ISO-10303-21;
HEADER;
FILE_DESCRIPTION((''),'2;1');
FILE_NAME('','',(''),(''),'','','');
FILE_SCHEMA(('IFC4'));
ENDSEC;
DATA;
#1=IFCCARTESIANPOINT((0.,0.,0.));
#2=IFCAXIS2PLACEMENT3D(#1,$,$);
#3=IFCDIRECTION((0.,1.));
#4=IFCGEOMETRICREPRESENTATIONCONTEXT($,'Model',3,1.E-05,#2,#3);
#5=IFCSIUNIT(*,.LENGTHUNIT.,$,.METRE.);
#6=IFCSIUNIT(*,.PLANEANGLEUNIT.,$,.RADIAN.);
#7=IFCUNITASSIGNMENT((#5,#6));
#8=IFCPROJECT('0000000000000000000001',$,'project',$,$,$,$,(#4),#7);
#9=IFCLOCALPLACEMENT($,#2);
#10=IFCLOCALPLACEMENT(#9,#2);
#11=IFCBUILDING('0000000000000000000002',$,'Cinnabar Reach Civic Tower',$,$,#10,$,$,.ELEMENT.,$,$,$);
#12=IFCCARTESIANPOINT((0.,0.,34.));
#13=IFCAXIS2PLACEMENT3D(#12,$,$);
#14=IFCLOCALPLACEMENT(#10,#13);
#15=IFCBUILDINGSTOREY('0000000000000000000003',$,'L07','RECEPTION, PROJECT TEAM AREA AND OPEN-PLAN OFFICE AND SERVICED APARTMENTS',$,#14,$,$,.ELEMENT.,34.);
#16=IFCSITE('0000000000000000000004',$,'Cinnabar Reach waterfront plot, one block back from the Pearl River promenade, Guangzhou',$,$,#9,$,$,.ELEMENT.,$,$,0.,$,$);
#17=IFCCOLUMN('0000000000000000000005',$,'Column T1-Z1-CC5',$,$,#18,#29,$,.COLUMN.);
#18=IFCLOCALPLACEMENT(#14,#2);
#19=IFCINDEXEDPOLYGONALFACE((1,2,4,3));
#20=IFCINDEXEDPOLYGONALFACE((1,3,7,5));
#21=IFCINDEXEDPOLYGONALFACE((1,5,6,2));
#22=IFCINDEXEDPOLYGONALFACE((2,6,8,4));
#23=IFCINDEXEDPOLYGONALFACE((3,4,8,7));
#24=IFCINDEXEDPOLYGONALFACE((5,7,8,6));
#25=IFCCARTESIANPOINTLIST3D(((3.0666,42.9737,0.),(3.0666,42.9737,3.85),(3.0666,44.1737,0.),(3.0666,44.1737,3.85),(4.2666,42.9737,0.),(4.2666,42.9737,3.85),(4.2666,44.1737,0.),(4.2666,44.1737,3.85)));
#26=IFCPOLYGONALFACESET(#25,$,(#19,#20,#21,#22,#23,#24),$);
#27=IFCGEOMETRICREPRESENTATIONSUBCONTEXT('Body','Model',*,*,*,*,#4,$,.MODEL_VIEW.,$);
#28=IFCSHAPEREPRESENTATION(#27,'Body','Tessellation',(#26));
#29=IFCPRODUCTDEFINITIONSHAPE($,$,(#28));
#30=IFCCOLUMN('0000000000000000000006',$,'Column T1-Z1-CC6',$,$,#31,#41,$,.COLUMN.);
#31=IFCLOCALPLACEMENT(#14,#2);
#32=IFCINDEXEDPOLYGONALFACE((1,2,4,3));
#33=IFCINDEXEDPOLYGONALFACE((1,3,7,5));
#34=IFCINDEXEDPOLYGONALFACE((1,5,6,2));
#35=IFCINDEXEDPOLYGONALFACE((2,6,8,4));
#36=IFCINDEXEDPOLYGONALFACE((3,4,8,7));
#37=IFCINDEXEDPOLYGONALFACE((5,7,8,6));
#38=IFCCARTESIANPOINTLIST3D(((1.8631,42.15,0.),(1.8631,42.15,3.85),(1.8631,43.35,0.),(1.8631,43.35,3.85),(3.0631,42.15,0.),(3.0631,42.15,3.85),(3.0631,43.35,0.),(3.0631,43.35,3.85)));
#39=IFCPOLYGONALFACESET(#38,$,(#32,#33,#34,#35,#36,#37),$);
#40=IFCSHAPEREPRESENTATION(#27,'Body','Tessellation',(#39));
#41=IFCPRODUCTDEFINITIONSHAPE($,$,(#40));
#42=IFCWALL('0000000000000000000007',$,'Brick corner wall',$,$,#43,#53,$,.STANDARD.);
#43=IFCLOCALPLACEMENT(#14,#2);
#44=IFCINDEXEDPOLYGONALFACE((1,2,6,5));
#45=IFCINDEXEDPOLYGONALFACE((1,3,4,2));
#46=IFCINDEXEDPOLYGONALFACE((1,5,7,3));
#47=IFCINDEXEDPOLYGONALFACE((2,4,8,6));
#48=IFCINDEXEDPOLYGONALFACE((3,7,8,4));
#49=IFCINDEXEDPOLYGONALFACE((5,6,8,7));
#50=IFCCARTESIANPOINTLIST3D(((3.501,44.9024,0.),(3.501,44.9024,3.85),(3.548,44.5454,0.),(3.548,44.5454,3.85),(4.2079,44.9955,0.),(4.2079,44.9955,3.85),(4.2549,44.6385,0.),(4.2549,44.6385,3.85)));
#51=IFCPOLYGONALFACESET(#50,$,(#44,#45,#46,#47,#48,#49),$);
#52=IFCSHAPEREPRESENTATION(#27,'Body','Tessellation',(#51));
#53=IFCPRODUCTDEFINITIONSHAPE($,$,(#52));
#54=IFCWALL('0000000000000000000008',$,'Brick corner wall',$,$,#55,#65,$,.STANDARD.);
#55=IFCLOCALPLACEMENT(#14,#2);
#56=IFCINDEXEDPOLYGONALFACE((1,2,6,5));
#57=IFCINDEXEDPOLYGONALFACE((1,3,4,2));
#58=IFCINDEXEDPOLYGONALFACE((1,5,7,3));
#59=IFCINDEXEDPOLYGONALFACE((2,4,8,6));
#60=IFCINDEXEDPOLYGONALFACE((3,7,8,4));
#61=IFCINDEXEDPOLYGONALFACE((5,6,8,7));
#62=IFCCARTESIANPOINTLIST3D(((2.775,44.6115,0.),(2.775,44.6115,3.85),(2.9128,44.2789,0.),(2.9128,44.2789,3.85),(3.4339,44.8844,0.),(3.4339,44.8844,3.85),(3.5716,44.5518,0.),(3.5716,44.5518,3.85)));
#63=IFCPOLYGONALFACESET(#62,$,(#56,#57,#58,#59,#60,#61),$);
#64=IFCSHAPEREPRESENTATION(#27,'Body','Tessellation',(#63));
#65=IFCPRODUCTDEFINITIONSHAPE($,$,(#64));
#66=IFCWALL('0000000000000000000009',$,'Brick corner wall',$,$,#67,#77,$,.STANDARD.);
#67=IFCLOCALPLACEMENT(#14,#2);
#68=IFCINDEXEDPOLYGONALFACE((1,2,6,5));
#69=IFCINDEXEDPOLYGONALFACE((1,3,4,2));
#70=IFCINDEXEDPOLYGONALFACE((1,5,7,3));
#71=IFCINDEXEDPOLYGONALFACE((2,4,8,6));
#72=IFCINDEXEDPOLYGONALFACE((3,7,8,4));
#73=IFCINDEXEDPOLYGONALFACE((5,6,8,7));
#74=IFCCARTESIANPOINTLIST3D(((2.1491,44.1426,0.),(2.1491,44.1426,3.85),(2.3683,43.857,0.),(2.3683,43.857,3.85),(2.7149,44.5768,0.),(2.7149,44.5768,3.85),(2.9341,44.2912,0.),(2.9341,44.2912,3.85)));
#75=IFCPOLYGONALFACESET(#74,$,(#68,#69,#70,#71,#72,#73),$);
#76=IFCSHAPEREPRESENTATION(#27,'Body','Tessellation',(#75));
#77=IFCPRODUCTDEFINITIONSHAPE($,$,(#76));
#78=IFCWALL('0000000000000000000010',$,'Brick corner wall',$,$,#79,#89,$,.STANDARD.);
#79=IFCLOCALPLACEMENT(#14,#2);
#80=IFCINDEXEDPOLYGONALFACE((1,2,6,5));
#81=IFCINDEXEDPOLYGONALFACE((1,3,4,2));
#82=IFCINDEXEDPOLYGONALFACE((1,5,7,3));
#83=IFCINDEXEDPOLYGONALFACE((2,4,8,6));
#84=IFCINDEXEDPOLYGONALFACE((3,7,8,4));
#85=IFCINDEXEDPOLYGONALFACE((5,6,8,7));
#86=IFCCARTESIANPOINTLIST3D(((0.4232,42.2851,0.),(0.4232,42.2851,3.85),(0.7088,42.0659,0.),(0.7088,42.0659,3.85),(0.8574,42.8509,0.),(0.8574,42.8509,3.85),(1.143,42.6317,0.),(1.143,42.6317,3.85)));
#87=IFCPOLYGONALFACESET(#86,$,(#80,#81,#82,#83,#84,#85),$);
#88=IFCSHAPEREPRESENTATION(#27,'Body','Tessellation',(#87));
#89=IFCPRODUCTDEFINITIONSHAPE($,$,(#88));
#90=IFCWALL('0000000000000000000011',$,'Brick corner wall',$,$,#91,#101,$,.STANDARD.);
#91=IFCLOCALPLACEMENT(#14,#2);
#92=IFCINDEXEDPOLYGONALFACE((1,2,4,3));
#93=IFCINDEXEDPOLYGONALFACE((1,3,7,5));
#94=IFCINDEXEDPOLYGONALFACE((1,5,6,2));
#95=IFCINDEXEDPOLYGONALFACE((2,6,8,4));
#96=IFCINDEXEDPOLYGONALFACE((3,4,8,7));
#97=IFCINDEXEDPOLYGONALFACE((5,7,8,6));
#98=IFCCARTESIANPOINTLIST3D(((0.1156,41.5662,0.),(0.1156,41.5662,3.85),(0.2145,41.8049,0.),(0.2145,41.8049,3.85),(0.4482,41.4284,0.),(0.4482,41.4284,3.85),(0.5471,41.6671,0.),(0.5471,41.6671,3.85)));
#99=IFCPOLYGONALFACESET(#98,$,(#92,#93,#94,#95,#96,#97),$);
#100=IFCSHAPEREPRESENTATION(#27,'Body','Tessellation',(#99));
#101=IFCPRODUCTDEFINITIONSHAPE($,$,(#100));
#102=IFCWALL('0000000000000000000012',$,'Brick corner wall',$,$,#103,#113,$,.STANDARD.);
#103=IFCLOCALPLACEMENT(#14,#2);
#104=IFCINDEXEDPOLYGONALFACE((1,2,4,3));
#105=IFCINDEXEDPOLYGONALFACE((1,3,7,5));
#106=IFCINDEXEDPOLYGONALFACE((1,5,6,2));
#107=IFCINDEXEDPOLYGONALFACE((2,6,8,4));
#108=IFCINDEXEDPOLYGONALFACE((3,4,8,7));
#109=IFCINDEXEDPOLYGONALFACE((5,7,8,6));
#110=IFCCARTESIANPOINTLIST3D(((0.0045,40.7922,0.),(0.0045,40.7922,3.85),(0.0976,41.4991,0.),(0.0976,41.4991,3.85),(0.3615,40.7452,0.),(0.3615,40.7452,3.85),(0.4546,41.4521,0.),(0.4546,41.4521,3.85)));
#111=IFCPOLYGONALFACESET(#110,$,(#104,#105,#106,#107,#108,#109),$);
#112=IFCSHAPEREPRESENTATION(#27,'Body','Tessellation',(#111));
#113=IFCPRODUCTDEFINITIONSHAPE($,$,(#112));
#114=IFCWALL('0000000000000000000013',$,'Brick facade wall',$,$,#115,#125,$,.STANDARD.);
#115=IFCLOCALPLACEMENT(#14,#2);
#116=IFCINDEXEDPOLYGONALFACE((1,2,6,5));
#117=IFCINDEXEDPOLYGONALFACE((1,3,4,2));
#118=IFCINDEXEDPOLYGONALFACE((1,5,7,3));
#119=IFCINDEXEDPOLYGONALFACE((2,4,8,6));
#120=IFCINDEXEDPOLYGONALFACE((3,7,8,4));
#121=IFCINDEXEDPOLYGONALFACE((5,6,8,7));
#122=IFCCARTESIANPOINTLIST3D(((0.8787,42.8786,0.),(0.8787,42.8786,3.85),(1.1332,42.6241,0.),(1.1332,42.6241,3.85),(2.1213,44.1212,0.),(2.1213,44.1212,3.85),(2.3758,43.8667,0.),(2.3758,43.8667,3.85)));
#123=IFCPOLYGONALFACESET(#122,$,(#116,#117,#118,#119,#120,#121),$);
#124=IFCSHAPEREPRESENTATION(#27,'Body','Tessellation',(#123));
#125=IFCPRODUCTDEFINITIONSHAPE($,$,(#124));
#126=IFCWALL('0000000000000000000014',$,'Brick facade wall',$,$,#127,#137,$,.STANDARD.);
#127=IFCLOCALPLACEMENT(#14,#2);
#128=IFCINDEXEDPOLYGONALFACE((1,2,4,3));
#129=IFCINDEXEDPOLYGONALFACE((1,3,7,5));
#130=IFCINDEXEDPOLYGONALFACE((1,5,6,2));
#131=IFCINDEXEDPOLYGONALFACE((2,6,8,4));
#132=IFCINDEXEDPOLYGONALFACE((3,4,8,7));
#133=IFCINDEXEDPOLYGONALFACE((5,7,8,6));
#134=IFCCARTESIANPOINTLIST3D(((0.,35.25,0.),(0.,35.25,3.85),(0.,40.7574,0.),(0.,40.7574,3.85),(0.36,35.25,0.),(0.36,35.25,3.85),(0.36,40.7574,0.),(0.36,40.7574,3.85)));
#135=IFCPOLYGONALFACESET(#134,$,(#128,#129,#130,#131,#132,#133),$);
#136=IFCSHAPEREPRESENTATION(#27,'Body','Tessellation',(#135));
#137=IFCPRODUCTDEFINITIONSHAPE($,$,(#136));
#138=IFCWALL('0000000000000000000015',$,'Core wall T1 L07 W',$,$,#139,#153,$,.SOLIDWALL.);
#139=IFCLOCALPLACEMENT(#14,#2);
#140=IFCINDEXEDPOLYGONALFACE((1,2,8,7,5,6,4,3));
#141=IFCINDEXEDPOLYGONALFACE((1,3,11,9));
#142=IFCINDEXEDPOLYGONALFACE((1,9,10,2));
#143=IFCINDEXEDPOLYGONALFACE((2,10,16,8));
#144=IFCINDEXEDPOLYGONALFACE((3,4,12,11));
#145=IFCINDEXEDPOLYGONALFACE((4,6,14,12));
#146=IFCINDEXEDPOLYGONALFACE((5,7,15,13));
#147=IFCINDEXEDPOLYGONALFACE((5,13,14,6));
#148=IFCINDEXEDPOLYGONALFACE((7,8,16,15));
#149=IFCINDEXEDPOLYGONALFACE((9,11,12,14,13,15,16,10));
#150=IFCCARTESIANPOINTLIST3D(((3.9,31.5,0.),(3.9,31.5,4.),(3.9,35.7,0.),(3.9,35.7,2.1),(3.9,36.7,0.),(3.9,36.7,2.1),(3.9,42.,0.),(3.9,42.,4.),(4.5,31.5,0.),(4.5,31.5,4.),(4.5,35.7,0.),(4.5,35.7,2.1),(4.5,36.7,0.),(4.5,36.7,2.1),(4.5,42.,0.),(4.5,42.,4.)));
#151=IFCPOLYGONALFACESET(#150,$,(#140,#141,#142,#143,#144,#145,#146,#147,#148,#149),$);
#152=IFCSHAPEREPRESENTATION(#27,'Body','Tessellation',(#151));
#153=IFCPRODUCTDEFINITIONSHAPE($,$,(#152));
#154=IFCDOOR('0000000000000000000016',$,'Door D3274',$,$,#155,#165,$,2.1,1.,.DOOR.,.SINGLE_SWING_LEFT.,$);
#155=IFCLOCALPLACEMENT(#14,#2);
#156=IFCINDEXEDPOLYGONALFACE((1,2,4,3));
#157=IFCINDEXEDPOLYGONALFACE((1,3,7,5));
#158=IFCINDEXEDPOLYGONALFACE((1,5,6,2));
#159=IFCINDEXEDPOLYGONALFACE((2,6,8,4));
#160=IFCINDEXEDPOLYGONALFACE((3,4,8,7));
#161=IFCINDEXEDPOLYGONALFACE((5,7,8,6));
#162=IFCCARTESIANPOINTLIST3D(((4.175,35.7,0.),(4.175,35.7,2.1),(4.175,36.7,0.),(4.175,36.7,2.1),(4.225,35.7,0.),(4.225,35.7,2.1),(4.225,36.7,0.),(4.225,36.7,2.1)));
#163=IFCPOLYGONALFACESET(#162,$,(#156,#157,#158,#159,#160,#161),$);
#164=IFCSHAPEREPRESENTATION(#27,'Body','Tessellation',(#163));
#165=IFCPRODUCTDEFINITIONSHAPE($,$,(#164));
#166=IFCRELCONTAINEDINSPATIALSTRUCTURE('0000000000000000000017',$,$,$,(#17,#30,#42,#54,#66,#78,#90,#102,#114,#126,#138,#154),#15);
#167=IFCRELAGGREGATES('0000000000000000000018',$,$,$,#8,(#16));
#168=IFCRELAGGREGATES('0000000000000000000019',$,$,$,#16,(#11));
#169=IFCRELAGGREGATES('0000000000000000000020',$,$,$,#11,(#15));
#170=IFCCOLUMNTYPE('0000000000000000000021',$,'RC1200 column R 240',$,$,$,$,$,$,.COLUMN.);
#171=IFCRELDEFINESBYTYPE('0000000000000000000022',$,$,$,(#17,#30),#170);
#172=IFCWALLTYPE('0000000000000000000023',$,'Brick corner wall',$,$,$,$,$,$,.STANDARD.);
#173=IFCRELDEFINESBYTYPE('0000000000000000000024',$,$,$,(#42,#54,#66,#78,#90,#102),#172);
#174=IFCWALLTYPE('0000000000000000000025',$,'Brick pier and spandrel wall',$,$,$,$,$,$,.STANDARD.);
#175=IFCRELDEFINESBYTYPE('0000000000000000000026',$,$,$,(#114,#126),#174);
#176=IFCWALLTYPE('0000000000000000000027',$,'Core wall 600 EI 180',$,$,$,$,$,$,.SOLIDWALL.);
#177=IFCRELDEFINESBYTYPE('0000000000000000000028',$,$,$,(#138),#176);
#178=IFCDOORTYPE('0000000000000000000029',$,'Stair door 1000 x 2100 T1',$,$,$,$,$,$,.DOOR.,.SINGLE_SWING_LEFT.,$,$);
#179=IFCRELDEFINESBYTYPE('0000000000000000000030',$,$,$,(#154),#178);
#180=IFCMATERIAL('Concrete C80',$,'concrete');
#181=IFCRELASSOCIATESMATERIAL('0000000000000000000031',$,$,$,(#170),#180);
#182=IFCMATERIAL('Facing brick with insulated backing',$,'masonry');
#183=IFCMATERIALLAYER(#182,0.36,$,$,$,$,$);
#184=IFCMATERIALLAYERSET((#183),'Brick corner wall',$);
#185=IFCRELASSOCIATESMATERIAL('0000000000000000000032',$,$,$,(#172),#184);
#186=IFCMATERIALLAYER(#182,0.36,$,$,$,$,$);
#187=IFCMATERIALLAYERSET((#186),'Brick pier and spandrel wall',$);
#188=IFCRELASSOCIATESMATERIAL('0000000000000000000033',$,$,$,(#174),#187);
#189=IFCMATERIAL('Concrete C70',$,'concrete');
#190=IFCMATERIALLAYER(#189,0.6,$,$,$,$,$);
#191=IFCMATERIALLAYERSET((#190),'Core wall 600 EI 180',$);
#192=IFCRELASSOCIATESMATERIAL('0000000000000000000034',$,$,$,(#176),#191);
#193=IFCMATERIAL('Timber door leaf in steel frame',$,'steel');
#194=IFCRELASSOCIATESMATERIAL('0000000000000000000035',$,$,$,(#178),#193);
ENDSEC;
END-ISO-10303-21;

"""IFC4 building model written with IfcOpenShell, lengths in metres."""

from ifc_helpers import new_model, si_unit, direction, frame, frame_2d, origin, origin_2d, place, context, subcontext, project, spatial, rectangle, extrude, material, layer, layer_set, material_profile, profile_set, type_object, element, fill, save


model = new_model("IFC4")

# Units and contexts
model_context = context("Model", 3, precision=1e-05, world=origin(), true_north=direction((0.0, 1.0)))
body_context = subcontext(model_context, "Body", "Model", "MODEL_VIEW")
ifc_project = project(units=[si_unit("LENGTHUNIT", "METRE"), si_unit("PLANEANGLEUNIT", "RADIAN")], contexts=[model_context])

# Site, building, storey
site_placement = place(None, origin())
site = spatial("IfcSite", under=ifc_project, at=site_placement, Name="Cinnabar Reach waterfront plot, one block back from the Pearl River promenade, Guangzhou", CompositionType="ELEMENT", RefElevation=0.0)
building_placement = place(site_placement, origin())
building = spatial("IfcBuilding", under=site, at=building_placement, Name="Cinnabar Reach Civic Tower", CompositionType="ELEMENT")
storey_placement = place(building_placement, frame((0.0, 0.0, 34.0)))
storey = spatial("IfcBuildingStorey", under=building, at=storey_placement, Name="L07", Description="RECEPTION, PROJECT TEAM AREA AND OPEN-PLAN OFFICE AND SERVICED APARTMENTS", CompositionType="ELEMENT", Elevation=34.0)

# Columns
ifc_material_1 = material(Name="Concrete C80", Category="concrete")
ifc_material_profile = material_profile(ifc_material_1, rectangle(XDim=1.2, YDim=1.2, at=origin_2d()), Name="RC1200")
ifc_profile_set = profile_set([ifc_material_profile], Name="Concrete C80")
column_type = type_object("IfcColumnType", Name="RC1200 column R 240", PredefinedType="COLUMN", material=ifc_profile_set)
for number, where, z_axis, x_axis, name in (
    (1, (3.6666, 43.5737, 0.0), (0.0, 0.0, 1.0), (1.0, 0.0, 0.0), "Column T1-Z1-CC5"),
    (2, (2.4631, 42.75, 0.0), (0.0, 0.0, 1.0), (1.0, 0.0, 0.0), "Column T1-Z1-CC6"),
):
    element("IfcColumn", number, at=place(storey_placement, frame(where, z_axis=z_axis, x_axis=x_axis)), inside=storey, type_object=column_type, Name=name, PredefinedType="COLUMN", context=body_context, shape_type="SweptSolid", body=[
        extrude(rectangle(XDim=1.2, YDim=1.2, at=origin_2d()), origin(), (0.0, 0.0, 1.0), 3.85),
    ])

# Walls
ifc_material_2 = material(Name="Facing brick with insulated backing", Category="masonry")
ifc_layer_1 = layer(ifc_material_2, 0.36)
ifc_layer_set_1 = layer_set([ifc_layer_1], Name="Brick corner wall")
wall_type_1 = type_object("IfcWallType", Name="Brick corner wall", PredefinedType="STANDARD", material=ifc_layer_set_1)
for number, where, z_axis, x_axis, name in (
    (3, (4.2314, 44.817, 0.0), (0.0, 0.0, 1.0), (-0.991441, -0.130556, 0.0), "Brick corner wall"),
    (4, (3.5027, 44.7181, 0.0), (0.0, 0.0, 1.0), (-0.923872, -0.382703, 0.0), "Brick corner wall"),
):
    element("IfcWall", number, at=place(storey_placement, frame(where, z_axis=z_axis, x_axis=x_axis)), inside=storey, type_object=wall_type_1, Name=name, PredefinedType="STANDARD", context=body_context, shape_type="SweptSolid", body=[
        extrude(rectangle(XDim=0.7131, YDim=0.36, at=frame_2d((0.3565, 0.0))), origin(), (0.0, 0.0, 1.0), 3.85),
    ])
for number, where, z_axis, x_axis, name in (
    (5, (2.8245, 44.434, 0.0), (0.0, 0.0, 1.0), (-0.793322, -0.608802, 0.0), "Brick corner wall"),
    (6, (1.0002, 42.7413, 0.0), (0.0, 0.0, 1.0), (-0.608802, -0.793322, 0.0), "Brick corner wall"),
):
    element("IfcWall", number, at=place(storey_placement, frame(where, z_axis=z_axis, x_axis=x_axis)), inside=storey, type_object=wall_type_1, Name=name, PredefinedType="STANDARD", context=body_context, shape_type="SweptSolid", body=[
        extrude(rectangle(XDim=0.7132, YDim=0.36, at=frame_2d((0.3566, 0.0))), origin(), (0.0, 0.0, 1.0), 3.85),
    ])
wall_1_placement = place(storey_placement, frame((0.3808, 41.736, 0.0), z_axis=(0.0, 0.0, 1.0), x_axis=(-0.382773, -0.923842, 0.0)))
element("IfcWall", 7, at=wall_1_placement, inside=storey, type_object=wall_type_1, Name="Brick corner wall", PredefinedType="STANDARD", context=body_context, shape_type="SweptSolid", body=[
    extrude(rectangle(XDim=0.2584, YDim=0.36, at=frame_2d((0.1292, 0.0))), origin(), (0.0, 0.0, 1.0), 3.85),
])
wall_2_placement = place(storey_placement, frame((0.2761, 41.4756, 0.0), z_axis=(0.0, 0.0, 1.0), x_axis=(-0.130556, -0.991441, 0.0)))
element("IfcWall", 8, at=wall_2_placement, inside=storey, type_object=wall_type_1, Name="Brick corner wall", PredefinedType="STANDARD", context=body_context, shape_type="SweptSolid", body=[
    extrude(rectangle(XDim=0.7131, YDim=0.36, at=frame_2d((0.3565, 0.0))), origin(), (0.0, 0.0, 1.0), 3.85),
])
ifc_layer_2 = layer(ifc_material_2, 0.36)
ifc_layer_set_2 = layer_set([ifc_layer_2], Name="Brick pier and spandrel wall")
wall_type_2 = type_object("IfcWallType", Name="Brick pier and spandrel wall", PredefinedType="STANDARD", material=ifc_layer_set_2)
wall_3_placement = place(storey_placement, frame((2.2486, 43.994, 0.0), z_axis=(0.0, 0.0, 1.0), x_axis=(-0.707107, -0.707107, 0.0)))
element("IfcWall", 9, at=wall_3_placement, inside=storey, type_object=wall_type_2, Name="Brick facade wall", PredefinedType="STANDARD", context=body_context, shape_type="SweptSolid", body=[
    extrude(rectangle(XDim=1.7573, YDim=0.36, at=frame_2d((0.8787, 0.0))), origin(), (0.0, 0.0, 1.0), 3.85),
])
wall_4_placement = place(storey_placement, frame((0.18, 40.7574, 0.0), z_axis=(0.0, 0.0, 1.0), x_axis=(0.0, -1.0, 0.0)))
element("IfcWall", 10, at=wall_4_placement, inside=storey, type_object=wall_type_2, Name="Brick facade wall", PredefinedType="STANDARD", context=body_context, shape_type="SweptSolid", body=[
    extrude(rectangle(XDim=5.5074, YDim=0.36, at=frame_2d((2.7537, 0.0))), origin(), (0.0, 0.0, 1.0), 3.85),
])

# Wall, opening, door
ifc_material_3 = material(Name="Concrete C70", Category="concrete")
ifc_layer_3 = layer(ifc_material_3, 0.6)
ifc_layer_set_3 = layer_set([ifc_layer_3], Name="Core wall 600 EI 180")
wall_type_3 = type_object("IfcWallType", Name="Core wall 600 EI 180", PredefinedType="SOLIDWALL", material=ifc_layer_set_3)
wall_5_placement = place(storey_placement, frame((4.2, 42.0, 0.0), z_axis=(0.0, 0.0, 1.0), x_axis=(0.0, -1.0, 0.0)))
wall_5 = element("IfcWall", 11, at=wall_5_placement, inside=storey, type_object=wall_type_3, Name="Core wall T1 L07 W", PredefinedType="SOLIDWALL", context=body_context, shape_type="SweptSolid", body=[
    extrude(rectangle(XDim=10.5, YDim=0.6, at=frame_2d((5.25, 0.0))), origin(), (0.0, 0.0, 1.0), 4.0),
])
opening_1_placement = place(wall_5_placement, frame((5.3, 0.0, 0.0)))
opening_1 = element("IfcOpeningElement", 12, at=opening_1_placement, cuts=wall_5, PredefinedType="OPENING", context=body_context, shape_type="SweptSolid", body=[
    extrude(rectangle(XDim=1.0, YDim=2.1, at=frame_2d((0.5, 1.05))), frame((0.0, 0.31, 0.0), z_axis=(0.0, -1.0, 0.0), x_axis=(1.0, 0.0, 0.0)), (0.0, 0.0, 1.0), 0.62),
])
ifc_material_4 = material(Name="Timber door leaf in steel frame", Category="steel")
door_type_1 = type_object("IfcDoorType", Name="Stair door 1000 x 2100 T1", OperationType="SINGLE_SWING_LEFT", PredefinedType="DOOR", material=ifc_material_4)
door_1_placement = place(opening_1_placement, frame((1.0, 0.0, 0.0), z_axis=(0.0, 0.0, 1.0), x_axis=(-1.0, 0.0, 0.0)))
door_1 = element("IfcDoor", 13, at=door_1_placement, inside=storey, type_object=door_type_1, Name="Door D3274", OperationType="SINGLE_SWING_LEFT", OverallHeight=2.1, OverallWidth=1.0, PredefinedType="DOOR", context=body_context, shape_type="SweptSolid", body=[
    extrude(rectangle(XDim=1.0, YDim=2.1, at=frame_2d((0.5, 1.05))), frame((0.0, 0.025, 0.0), z_axis=(0.0, -1.0, 0.0), x_axis=(1.0, 0.0, 0.0)), (0.0, 0.0, 1.0), 0.05),
])
fill(opening_1, door_1)

save(model, "model.ifc")
